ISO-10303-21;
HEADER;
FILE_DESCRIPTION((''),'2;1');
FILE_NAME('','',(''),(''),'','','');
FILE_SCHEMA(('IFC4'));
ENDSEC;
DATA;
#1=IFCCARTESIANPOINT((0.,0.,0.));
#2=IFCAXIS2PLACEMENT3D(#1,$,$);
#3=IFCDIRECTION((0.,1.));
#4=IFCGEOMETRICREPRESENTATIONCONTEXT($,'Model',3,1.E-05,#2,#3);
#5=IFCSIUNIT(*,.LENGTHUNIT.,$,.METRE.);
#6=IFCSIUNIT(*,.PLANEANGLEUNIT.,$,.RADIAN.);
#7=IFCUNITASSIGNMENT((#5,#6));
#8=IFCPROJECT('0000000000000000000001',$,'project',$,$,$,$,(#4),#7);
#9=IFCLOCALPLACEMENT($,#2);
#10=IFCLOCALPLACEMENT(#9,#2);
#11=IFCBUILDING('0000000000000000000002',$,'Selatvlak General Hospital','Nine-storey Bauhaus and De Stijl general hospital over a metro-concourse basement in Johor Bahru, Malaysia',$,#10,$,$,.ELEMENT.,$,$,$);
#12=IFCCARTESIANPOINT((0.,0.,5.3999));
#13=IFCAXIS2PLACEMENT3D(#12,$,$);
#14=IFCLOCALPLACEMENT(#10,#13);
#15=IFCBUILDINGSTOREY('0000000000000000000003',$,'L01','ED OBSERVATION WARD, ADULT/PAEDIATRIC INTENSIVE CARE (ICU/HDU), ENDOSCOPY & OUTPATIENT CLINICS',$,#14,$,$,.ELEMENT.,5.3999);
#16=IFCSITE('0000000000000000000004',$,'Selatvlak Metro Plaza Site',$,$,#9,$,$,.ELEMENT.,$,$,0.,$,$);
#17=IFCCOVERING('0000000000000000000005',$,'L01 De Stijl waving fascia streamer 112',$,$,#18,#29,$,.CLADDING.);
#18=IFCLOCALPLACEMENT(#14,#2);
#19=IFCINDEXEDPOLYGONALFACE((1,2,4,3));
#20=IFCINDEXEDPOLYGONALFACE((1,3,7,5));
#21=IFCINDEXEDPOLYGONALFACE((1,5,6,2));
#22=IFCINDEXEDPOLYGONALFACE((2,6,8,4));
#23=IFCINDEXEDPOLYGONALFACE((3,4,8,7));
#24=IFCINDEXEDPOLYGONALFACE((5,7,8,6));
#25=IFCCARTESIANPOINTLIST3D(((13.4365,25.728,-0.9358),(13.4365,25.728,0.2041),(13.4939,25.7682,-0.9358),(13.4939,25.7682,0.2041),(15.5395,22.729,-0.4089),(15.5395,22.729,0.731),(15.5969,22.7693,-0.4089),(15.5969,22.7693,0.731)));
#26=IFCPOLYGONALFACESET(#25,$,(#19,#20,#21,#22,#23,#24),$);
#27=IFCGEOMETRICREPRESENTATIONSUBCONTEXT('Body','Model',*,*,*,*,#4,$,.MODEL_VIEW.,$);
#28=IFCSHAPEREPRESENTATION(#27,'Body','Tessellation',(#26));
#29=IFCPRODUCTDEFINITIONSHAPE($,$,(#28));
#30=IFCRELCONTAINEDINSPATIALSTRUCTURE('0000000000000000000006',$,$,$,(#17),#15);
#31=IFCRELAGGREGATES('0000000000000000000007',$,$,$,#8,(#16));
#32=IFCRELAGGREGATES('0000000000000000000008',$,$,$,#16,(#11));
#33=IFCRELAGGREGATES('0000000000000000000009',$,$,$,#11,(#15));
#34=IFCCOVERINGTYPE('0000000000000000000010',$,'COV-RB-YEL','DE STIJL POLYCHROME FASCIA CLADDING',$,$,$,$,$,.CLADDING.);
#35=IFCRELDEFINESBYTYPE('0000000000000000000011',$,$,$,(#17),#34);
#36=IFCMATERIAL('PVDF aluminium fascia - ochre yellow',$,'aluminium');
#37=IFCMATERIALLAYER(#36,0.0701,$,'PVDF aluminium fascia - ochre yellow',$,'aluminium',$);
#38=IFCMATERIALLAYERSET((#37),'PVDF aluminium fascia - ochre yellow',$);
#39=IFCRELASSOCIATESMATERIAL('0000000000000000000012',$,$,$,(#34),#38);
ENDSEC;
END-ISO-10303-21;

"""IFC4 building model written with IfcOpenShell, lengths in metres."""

from ifc_helpers import new_model, si_unit, direction, frame, origin, place, context, subcontext, project, spatial, polyline, outline, extrude, material, layer, layer_set, type_object, element, save


model = new_model("IFC4")

# Units and contexts
model_context = context("Model", 3, precision=1e-05, world=origin(), true_north=direction((0.0, 1.0)))
body_context = subcontext(model_context, "Body", "Model", "MODEL_VIEW")
ifc_project = project(units=[si_unit("LENGTHUNIT", "METRE"), si_unit("PLANEANGLEUNIT", "RADIAN")], contexts=[model_context])

# Site, building, storey
site_placement = place(None, origin())
site = spatial("IfcSite", under=ifc_project, at=site_placement, Name="Selatvlak Metro Plaza Site", CompositionType="ELEMENT", RefElevation=0.0)
building_placement = place(site_placement, origin())
building = spatial("IfcBuilding", under=site, at=building_placement, Name="Selatvlak General Hospital", Description="Nine-storey Bauhaus and De Stijl general hospital over a metro-concourse basement in Johor Bahru, Malaysia", CompositionType="ELEMENT")
storey_placement = place(building_placement, frame((0.0, 0.0, 5.3999)))
storey = spatial("IfcBuildingStorey", under=building, at=storey_placement, Name="L01", Description="ED OBSERVATION WARD, ADULT/PAEDIATRIC INTENSIVE CARE (ICU/HDU), ENDOSCOPY & OUTPATIENT CLINICS", CompositionType="ELEMENT", Elevation=5.3999)

# Covering
ifc_material_1 = material(Name="PVDF aluminium fascia - ochre yellow", Category="aluminium")
ifc_layer_1 = layer(ifc_material_1, 0.0701, Name="PVDF aluminium fascia - ochre yellow", Category="aluminium")
ifc_layer_set_1 = layer_set([ifc_layer_1], Name="PVDF aluminium fascia - ochre yellow")
covering_type = type_object("IfcCoveringType", Name="COV-RB-YEL", Description="DE STIJL POLYCHROME FASCIA CLADDING", PredefinedType="CLADDING", material=ifc_layer_set_1)
covering_1_placement = place(storey_placement, frame((13.4651, 25.748, -0.9358), z_axis=(0.0, 0.0, 1.0), x_axis=(0.574142, -0.818756, 0.0)))
element("IfcCovering", 1, at=covering_1_placement, inside=storey, type_object=covering_type, Name="L01 De Stijl waving fascia streamer 112", PredefinedType="CLADDING", context=body_context, shape_type="SweptSolid", body=[
    extrude(outline(polyline([(0.0, 0.0), (3.6628, 0.5269), (3.6628, 1.6667), (0.0, 1.1399), (0.0, 0.0)])), frame((0.0, 0.0352, 0.0), z_axis=(0.0, -1.0, 0.0), x_axis=(1.0, 0.0, 0.0)), (0.0, 0.0, 1.0), 0.0701),
])

save(model, "model.ifc")
